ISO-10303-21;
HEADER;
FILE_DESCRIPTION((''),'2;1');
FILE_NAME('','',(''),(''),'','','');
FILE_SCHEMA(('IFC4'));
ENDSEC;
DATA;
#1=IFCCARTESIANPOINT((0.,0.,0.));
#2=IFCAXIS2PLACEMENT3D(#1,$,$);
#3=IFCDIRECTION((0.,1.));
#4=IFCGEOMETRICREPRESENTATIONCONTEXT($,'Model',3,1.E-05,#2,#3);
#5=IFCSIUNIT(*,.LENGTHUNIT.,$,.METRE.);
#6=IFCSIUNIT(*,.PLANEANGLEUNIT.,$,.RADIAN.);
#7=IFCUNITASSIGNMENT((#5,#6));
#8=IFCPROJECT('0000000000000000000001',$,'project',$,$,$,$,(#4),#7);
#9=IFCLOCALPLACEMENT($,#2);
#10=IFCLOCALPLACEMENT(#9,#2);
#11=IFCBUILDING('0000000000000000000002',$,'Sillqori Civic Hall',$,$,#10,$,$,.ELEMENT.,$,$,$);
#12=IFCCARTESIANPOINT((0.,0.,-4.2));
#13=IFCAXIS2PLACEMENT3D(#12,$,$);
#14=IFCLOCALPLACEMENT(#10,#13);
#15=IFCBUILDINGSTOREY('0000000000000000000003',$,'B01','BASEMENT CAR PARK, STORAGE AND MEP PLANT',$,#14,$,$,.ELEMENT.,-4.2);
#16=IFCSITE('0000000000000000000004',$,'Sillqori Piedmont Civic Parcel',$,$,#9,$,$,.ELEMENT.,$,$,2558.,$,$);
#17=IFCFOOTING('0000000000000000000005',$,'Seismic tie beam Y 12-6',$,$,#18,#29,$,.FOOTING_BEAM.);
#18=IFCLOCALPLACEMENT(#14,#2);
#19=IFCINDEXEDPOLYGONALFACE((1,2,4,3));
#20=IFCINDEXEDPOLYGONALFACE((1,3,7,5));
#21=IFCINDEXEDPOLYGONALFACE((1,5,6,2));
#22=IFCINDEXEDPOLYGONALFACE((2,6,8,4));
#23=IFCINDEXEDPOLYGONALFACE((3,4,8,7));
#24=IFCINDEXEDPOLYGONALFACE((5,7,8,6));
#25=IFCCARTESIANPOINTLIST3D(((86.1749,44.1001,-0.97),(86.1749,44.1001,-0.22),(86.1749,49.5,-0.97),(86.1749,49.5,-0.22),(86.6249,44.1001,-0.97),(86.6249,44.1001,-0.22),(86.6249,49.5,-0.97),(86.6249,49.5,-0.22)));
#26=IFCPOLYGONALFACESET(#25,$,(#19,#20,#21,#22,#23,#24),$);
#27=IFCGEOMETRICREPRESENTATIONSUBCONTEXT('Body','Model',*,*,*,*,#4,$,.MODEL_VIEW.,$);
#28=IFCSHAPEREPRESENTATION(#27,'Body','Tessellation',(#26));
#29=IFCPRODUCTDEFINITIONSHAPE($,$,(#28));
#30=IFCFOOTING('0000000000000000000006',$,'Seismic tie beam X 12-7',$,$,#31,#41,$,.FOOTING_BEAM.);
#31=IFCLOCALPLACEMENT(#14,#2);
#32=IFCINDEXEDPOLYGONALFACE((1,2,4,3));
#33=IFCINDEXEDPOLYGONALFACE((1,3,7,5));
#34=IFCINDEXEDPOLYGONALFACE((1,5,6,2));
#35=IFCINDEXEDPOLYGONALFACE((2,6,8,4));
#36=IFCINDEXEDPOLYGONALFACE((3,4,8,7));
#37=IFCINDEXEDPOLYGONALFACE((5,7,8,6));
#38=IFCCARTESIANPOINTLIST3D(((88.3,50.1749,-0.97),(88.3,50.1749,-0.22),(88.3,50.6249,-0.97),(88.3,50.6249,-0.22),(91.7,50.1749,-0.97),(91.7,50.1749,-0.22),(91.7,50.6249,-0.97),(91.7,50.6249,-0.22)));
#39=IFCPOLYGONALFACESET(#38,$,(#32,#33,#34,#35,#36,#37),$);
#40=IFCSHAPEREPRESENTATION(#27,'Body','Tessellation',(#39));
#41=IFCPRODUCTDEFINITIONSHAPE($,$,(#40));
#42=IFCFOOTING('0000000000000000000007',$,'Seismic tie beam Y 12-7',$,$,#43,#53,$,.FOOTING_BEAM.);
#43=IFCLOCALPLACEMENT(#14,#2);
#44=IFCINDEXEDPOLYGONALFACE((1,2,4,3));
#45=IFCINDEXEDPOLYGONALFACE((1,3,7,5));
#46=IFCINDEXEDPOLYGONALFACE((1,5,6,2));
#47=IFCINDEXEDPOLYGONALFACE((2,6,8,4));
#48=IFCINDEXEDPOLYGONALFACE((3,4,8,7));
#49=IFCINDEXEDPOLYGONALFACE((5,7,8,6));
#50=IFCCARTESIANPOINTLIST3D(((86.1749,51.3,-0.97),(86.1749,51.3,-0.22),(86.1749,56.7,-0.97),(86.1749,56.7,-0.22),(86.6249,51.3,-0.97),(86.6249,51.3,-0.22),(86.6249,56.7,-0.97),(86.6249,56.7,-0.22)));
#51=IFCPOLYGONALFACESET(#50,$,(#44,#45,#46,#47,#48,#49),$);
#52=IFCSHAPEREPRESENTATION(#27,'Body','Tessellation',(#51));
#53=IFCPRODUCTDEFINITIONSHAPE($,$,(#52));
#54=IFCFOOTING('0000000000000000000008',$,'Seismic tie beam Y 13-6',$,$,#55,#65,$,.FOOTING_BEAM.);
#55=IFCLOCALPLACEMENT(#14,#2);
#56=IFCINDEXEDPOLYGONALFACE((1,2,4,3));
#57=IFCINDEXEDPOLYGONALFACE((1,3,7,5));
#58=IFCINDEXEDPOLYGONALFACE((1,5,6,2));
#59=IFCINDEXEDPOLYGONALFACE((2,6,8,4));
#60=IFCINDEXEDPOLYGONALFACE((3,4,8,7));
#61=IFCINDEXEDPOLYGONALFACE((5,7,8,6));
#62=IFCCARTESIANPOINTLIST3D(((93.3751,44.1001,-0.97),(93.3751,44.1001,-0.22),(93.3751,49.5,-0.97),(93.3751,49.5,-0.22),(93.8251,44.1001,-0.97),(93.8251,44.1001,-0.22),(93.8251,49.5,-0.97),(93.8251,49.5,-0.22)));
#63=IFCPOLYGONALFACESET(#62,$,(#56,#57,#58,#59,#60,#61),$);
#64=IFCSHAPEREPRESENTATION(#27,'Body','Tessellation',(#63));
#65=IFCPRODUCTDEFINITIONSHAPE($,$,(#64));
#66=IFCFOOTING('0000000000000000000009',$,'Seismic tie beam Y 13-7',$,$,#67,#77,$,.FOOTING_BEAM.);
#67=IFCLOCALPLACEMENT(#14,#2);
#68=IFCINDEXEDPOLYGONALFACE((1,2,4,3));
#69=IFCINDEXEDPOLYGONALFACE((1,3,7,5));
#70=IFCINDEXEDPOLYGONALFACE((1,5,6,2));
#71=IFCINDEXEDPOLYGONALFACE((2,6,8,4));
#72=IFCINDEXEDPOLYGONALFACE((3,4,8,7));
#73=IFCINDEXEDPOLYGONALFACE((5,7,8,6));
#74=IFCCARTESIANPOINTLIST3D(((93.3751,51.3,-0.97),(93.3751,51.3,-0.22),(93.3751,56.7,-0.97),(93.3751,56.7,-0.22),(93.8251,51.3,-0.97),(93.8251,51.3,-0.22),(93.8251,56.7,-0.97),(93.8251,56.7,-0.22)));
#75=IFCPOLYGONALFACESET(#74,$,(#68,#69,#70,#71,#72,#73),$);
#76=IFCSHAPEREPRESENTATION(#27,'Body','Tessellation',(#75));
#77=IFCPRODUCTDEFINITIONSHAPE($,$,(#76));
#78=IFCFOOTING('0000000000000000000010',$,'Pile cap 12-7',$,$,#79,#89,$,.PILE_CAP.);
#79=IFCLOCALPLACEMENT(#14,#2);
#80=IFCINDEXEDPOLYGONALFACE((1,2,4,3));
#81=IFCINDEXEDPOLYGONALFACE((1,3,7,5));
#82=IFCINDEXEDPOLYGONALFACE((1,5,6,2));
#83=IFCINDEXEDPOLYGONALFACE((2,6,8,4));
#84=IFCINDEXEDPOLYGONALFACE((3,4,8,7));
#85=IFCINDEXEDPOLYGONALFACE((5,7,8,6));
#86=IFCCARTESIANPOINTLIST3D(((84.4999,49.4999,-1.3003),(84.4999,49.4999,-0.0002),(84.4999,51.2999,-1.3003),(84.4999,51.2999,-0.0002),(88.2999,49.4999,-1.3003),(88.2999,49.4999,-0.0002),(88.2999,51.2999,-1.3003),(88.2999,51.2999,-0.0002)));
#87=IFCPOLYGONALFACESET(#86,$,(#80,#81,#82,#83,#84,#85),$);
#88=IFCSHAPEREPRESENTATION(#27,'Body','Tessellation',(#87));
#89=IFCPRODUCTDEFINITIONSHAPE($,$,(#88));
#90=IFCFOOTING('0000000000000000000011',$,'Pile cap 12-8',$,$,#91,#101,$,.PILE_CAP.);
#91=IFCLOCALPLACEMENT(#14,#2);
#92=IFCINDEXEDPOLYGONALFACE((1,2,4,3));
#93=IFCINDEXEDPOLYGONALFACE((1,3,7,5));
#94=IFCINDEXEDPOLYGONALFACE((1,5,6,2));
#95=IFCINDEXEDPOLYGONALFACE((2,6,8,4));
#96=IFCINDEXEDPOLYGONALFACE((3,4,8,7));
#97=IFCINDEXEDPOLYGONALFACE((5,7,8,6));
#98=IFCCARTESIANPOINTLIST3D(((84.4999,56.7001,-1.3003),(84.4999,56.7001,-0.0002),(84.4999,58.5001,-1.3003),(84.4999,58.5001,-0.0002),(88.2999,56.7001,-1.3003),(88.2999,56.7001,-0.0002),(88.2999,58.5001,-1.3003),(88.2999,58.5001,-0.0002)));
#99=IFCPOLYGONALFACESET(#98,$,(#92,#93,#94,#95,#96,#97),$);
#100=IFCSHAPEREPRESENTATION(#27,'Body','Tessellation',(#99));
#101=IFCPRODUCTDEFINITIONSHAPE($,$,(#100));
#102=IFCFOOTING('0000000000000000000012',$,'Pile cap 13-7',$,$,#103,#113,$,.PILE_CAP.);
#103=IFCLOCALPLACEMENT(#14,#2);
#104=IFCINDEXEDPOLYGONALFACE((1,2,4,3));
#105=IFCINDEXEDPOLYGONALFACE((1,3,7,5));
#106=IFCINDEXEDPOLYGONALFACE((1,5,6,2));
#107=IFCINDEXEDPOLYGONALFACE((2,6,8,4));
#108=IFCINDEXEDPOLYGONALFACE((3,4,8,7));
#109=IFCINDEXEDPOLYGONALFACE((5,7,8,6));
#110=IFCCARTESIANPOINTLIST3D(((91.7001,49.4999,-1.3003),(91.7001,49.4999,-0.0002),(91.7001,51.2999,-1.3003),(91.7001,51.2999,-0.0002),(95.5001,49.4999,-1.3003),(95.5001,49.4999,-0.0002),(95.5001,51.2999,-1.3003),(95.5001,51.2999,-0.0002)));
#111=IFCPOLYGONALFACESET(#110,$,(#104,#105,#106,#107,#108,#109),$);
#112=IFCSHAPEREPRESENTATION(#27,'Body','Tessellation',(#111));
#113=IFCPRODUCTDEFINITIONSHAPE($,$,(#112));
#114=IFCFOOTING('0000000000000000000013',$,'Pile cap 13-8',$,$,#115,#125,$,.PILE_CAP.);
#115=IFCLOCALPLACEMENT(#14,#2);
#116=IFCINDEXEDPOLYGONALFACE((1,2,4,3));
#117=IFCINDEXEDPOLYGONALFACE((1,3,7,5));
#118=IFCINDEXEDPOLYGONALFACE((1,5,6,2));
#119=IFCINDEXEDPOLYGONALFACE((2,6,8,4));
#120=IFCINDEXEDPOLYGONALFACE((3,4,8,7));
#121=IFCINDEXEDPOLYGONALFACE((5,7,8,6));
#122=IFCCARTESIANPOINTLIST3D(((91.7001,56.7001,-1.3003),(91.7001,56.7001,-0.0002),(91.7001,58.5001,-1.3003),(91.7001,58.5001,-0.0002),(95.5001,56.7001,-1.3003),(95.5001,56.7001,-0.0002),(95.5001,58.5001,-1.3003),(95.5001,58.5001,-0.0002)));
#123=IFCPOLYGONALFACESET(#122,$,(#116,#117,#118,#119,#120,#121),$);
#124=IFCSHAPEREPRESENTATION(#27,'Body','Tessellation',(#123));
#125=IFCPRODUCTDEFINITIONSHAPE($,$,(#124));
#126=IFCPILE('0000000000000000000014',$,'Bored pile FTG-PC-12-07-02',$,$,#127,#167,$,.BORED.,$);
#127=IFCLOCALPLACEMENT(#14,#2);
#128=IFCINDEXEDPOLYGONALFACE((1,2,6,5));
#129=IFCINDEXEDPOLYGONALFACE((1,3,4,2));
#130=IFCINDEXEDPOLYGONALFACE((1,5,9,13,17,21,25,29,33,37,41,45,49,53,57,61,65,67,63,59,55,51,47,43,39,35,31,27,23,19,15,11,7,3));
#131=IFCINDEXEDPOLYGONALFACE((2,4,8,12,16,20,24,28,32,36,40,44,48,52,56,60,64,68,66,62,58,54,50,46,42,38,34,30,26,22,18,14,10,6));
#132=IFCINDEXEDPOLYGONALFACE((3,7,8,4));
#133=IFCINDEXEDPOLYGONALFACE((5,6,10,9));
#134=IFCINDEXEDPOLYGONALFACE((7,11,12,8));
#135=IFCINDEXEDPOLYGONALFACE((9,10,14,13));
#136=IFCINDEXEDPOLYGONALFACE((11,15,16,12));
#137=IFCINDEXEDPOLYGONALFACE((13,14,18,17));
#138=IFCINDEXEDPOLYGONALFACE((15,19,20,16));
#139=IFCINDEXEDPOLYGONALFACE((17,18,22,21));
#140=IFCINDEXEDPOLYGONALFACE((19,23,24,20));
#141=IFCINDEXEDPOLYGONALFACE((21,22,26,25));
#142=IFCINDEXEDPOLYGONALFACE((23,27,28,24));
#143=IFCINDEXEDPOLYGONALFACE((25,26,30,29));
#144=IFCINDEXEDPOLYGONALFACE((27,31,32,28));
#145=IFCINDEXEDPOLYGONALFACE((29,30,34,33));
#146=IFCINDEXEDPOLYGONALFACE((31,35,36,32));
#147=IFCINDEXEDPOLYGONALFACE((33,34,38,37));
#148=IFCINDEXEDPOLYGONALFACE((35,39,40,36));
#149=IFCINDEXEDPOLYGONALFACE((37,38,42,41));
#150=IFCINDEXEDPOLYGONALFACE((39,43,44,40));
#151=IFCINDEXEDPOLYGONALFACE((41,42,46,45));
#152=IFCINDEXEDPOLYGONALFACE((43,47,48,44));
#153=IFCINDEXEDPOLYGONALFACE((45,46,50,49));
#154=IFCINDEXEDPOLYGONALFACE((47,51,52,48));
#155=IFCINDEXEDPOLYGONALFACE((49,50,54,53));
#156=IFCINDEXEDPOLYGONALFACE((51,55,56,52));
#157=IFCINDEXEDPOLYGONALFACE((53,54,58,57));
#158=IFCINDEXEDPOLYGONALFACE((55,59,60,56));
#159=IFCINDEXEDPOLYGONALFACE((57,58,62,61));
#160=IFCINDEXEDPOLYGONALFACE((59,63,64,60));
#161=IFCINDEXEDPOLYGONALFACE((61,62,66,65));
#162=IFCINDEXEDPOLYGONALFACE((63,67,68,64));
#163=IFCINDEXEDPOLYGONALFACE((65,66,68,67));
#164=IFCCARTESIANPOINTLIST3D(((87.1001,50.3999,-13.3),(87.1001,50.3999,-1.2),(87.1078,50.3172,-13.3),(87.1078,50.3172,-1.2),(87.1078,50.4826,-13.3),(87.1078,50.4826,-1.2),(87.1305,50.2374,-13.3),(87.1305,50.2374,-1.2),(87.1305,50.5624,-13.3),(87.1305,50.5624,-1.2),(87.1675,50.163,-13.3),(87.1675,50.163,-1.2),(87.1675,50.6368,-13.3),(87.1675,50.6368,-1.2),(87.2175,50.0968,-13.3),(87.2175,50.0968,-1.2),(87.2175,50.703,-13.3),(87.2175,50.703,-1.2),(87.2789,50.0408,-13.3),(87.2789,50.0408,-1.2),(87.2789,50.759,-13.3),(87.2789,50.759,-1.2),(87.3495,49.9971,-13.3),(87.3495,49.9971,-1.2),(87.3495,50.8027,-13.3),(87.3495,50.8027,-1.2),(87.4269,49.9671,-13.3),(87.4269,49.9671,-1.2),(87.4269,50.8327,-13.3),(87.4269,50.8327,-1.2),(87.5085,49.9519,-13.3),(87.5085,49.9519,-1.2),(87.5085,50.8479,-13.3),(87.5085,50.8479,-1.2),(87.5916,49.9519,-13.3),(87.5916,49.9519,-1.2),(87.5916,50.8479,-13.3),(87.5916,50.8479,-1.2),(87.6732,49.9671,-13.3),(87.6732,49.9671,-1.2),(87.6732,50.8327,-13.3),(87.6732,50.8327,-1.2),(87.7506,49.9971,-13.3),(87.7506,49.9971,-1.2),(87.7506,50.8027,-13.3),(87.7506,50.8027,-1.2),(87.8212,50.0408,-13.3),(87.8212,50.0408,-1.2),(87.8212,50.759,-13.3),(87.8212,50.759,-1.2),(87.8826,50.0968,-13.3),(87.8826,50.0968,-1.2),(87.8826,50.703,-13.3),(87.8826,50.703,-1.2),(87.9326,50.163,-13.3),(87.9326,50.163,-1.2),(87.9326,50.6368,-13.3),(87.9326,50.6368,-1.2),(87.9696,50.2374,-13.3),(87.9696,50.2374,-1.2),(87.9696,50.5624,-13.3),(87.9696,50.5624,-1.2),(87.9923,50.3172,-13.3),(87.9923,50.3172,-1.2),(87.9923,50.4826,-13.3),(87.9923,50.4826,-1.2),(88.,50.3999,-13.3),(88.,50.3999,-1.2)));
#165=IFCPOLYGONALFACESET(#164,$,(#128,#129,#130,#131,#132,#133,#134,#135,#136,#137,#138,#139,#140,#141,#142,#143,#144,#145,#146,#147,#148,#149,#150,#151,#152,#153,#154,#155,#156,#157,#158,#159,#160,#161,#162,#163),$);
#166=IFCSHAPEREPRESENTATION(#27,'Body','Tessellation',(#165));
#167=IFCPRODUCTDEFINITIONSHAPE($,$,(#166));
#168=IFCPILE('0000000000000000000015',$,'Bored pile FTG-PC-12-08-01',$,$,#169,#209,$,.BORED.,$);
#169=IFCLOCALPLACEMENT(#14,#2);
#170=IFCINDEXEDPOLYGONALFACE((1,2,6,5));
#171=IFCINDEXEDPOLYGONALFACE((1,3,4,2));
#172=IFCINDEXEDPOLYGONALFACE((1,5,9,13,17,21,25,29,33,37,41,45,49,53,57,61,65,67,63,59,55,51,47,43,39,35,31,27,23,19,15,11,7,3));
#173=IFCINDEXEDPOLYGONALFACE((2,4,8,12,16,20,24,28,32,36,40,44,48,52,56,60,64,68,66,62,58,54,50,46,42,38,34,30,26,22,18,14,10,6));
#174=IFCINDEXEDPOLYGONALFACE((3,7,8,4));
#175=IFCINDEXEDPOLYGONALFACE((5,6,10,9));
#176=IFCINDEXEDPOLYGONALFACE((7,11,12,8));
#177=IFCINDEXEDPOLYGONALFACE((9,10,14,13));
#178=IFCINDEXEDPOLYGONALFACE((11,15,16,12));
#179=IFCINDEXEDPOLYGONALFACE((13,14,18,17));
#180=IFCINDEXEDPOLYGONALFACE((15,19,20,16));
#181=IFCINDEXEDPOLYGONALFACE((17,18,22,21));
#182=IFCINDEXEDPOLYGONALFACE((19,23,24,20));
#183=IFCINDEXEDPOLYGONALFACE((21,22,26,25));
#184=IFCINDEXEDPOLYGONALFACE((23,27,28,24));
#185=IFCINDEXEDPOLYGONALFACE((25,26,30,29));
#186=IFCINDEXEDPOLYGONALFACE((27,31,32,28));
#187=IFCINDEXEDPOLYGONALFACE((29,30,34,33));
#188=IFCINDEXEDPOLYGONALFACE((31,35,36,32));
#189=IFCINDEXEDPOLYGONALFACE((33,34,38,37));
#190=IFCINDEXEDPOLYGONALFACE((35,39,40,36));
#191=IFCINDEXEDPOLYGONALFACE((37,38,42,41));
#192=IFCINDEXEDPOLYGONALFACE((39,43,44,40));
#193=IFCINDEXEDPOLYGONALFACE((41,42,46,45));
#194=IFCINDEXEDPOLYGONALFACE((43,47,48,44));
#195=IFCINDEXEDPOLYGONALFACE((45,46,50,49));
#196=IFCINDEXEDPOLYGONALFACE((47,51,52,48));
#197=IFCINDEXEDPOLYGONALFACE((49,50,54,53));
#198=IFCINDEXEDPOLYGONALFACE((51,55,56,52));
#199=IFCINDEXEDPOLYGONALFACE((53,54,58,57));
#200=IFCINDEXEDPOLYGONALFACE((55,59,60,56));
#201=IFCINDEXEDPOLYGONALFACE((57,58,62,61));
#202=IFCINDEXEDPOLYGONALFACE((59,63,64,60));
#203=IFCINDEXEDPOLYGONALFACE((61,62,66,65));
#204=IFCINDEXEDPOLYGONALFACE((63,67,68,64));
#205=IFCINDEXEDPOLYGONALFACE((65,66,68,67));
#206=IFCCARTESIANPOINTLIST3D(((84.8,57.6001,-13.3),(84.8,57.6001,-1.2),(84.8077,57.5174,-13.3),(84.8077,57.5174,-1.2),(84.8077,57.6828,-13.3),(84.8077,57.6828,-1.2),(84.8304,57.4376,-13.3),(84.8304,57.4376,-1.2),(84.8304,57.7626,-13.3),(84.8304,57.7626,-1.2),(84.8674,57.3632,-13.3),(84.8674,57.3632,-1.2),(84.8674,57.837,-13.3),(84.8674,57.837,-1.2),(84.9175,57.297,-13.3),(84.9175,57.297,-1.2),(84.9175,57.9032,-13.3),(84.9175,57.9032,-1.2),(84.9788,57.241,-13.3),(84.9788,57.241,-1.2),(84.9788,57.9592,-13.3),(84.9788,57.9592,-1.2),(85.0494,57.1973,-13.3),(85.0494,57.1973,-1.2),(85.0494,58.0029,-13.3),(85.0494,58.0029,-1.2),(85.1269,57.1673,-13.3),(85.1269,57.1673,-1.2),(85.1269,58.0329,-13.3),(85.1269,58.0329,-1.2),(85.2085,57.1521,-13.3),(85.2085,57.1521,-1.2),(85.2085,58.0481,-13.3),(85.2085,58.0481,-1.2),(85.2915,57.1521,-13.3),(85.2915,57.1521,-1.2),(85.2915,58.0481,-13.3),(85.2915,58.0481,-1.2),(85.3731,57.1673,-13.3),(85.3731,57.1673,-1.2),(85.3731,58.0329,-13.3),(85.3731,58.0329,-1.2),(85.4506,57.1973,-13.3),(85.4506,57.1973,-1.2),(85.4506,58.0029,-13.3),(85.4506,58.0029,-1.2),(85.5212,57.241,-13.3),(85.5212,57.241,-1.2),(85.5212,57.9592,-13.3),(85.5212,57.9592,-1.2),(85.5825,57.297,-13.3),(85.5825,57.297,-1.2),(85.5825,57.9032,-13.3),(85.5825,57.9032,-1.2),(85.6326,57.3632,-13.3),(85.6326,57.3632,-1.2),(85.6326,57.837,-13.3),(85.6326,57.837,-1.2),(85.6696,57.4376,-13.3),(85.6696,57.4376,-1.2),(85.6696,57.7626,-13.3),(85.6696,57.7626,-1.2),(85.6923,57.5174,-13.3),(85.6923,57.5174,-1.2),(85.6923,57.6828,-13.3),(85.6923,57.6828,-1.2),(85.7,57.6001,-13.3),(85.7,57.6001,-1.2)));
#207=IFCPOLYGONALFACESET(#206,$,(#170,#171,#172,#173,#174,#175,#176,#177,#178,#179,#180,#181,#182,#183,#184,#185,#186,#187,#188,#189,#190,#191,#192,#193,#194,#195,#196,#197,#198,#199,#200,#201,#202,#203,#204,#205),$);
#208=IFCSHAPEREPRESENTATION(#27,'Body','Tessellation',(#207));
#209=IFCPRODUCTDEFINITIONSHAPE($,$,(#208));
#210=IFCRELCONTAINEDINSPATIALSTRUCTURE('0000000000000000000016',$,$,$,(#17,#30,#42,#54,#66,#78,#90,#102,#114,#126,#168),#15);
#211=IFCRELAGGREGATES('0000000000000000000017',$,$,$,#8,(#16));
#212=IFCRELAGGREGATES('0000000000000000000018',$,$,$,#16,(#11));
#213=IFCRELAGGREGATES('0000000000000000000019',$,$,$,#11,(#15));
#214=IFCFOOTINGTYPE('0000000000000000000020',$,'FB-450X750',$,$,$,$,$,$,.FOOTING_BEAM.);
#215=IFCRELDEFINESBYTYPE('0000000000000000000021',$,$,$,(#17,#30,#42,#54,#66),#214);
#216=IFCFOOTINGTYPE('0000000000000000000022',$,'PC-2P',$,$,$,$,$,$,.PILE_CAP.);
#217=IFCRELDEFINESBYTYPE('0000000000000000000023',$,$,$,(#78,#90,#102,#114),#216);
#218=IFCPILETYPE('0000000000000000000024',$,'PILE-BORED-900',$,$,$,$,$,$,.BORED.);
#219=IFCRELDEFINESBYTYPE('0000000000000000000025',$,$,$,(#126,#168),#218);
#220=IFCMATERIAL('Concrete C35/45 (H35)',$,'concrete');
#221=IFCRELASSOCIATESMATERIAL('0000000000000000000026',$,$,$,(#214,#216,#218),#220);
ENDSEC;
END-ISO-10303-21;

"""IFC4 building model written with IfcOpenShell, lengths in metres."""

from ifc_helpers import new_model, si_unit, direction, frame, origin, origin_2d, place, context, subcontext, project, spatial, rectangle, circle, extrude, material, material_profile, profile_set, type_object, element, save


model = new_model("IFC4")

# Units and contexts
model_context = context("Model", 3, precision=1e-05, world=origin(), true_north=direction((0.0, 1.0)))
body_context = subcontext(model_context, "Body", "Model", "MODEL_VIEW")
ifc_project = project(units=[si_unit("LENGTHUNIT", "METRE"), si_unit("PLANEANGLEUNIT", "RADIAN")], contexts=[model_context])

# Site, building, storey
site_placement = place(None, origin())
site = spatial("IfcSite", under=ifc_project, at=site_placement, Name="Sillqori Piedmont Civic Parcel", CompositionType="ELEMENT", RefElevation=2558.0)
building_placement = place(site_placement, origin())
building = spatial("IfcBuilding", under=site, at=building_placement, Name="Sillqori Civic Hall", CompositionType="ELEMENT")
storey_placement = place(building_placement, frame((0.0, 0.0, -4.2)))
storey = spatial("IfcBuildingStorey", under=building, at=storey_placement, Name="B01", Description="BASEMENT CAR PARK, STORAGE AND MEP PLANT", CompositionType="ELEMENT", Elevation=-4.2)

# Footings
ifc_material = material(Name="Concrete C35/45 (H35)", Category="concrete")
footing_type_1 = type_object("IfcFootingType", Name="FB-450X750", PredefinedType="FOOTING_BEAM", material=ifc_material)
footing_1_placement = place(storey_placement, frame((86.3999, 46.8, -0.97), z_axis=(0.0, 0.0, 1.0), x_axis=(1.0, 0.0, 0.0)))
element("IfcFooting", 1, at=footing_1_placement, inside=storey, type_object=footing_type_1, Name="Seismic tie beam Y 12-6", PredefinedType="FOOTING_BEAM", context=body_context, shape_type="SweptSolid", body=[
    extrude(rectangle(XDim=0.45, YDim=5.3999, at=origin_2d()), origin(), (0.0, 0.0, 1.0), 0.75),
])
footing_2_placement = place(storey_placement, frame((90.0, 50.3999, -0.97), z_axis=(0.0, 0.0, 1.0), x_axis=(1.0, 0.0, 0.0)))
element("IfcFooting", 2, at=footing_2_placement, inside=storey, type_object=footing_type_1, Name="Seismic tie beam X 12-7", PredefinedType="FOOTING_BEAM", context=body_context, shape_type="SweptSolid", body=[
    extrude(rectangle(XDim=3.3999, YDim=0.45, at=origin_2d()), origin(), (0.0, 0.0, 1.0), 0.75),
])
for number, where, z_axis, x_axis, name in (
    (3, (86.3999, 54.0, -0.97), (0.0, 0.0, 1.0), (1.0, 0.0, 0.0), "Seismic tie beam Y 12-7"),
    (4, (93.6001, 46.8, -0.97), (0.0, 0.0, 1.0), (1.0, 0.0, 0.0), "Seismic tie beam Y 13-6"),
    (5, (93.6001, 54.0, -0.97), (0.0, 0.0, 1.0), (1.0, 0.0, 0.0), "Seismic tie beam Y 13-7"),
):
    element("IfcFooting", number, at=place(storey_placement, frame(where, z_axis=z_axis, x_axis=x_axis)), inside=storey, type_object=footing_type_1, Name=name, PredefinedType="FOOTING_BEAM", context=body_context, shape_type="SweptSolid", body=[
        extrude(rectangle(XDim=0.45, YDim=5.3999, at=origin_2d()), origin(), (0.0, 0.0, 1.0), 0.75),
    ])
footing_type_2 = type_object("IfcFootingType", Name="PC-2P", PredefinedType="PILE_CAP", material=ifc_material)
for number, where, z_axis, x_axis, name in (
    (6, (86.3999, 50.3999, -1.3003), (0.0, 0.0, 1.0), (1.0, 0.0, 0.0), "Pile cap 12-7"),
    (7, (86.3999, 57.6001, -1.3003), (0.0, 0.0, 1.0), (1.0, 0.0, 0.0), "Pile cap 12-8"),
    (8, (93.6001, 50.3999, -1.3003), (0.0, 0.0, 1.0), (1.0, 0.0, 0.0), "Pile cap 13-7"),
    (9, (93.6001, 57.6001, -1.3003), (0.0, 0.0, 1.0), (1.0, 0.0, 0.0), "Pile cap 13-8"),
):
    element("IfcFooting", number, at=place(storey_placement, frame(where, z_axis=z_axis, x_axis=x_axis)), inside=storey, type_object=footing_type_2, Name=name, PredefinedType="PILE_CAP", context=body_context, shape_type="SweptSolid", body=[
        extrude(rectangle(XDim=3.8, YDim=1.8, at=origin_2d()), origin(), (0.0, 0.0, 1.0), 1.3),
    ])

# Piles
ifc_material_profile_1 = material_profile(ifc_material, circle(Radius=0.45, at=origin_2d()), Name="BORED PILE 900")
ifc_profile_set_1 = profile_set([ifc_material_profile_1], Name="Concrete C35/45 (H35)")
pile_type = type_object("IfcPileType", Name="PILE-BORED-900", PredefinedType="BORED", material=ifc_profile_set_1)
for number, where, z_axis, x_axis, name in (
    (10, (87.55, 50.3999, -1.2), (0.0, 0.0, -1.0), (1.0, 0.0, 0.0), "Bored pile FTG-PC-12-07-02"),
    (11, (85.25, 57.6001, -1.2), (0.0, 0.0, -1.0), (1.0, 0.0, 0.0), "Bored pile FTG-PC-12-08-01"),
):
    element("IfcPile", number, at=place(storey_placement, frame(where, z_axis=z_axis, x_axis=x_axis)), inside=storey, type_object=pile_type, Name=name, PredefinedType="BORED", context=body_context, shape_type="SweptSolid", body=[
        extrude(circle(Radius=0.45, at=origin_2d()), origin(), (0.0, 0.0, 1.0), 12.1001),
    ])

save(model, "model.ifc")
